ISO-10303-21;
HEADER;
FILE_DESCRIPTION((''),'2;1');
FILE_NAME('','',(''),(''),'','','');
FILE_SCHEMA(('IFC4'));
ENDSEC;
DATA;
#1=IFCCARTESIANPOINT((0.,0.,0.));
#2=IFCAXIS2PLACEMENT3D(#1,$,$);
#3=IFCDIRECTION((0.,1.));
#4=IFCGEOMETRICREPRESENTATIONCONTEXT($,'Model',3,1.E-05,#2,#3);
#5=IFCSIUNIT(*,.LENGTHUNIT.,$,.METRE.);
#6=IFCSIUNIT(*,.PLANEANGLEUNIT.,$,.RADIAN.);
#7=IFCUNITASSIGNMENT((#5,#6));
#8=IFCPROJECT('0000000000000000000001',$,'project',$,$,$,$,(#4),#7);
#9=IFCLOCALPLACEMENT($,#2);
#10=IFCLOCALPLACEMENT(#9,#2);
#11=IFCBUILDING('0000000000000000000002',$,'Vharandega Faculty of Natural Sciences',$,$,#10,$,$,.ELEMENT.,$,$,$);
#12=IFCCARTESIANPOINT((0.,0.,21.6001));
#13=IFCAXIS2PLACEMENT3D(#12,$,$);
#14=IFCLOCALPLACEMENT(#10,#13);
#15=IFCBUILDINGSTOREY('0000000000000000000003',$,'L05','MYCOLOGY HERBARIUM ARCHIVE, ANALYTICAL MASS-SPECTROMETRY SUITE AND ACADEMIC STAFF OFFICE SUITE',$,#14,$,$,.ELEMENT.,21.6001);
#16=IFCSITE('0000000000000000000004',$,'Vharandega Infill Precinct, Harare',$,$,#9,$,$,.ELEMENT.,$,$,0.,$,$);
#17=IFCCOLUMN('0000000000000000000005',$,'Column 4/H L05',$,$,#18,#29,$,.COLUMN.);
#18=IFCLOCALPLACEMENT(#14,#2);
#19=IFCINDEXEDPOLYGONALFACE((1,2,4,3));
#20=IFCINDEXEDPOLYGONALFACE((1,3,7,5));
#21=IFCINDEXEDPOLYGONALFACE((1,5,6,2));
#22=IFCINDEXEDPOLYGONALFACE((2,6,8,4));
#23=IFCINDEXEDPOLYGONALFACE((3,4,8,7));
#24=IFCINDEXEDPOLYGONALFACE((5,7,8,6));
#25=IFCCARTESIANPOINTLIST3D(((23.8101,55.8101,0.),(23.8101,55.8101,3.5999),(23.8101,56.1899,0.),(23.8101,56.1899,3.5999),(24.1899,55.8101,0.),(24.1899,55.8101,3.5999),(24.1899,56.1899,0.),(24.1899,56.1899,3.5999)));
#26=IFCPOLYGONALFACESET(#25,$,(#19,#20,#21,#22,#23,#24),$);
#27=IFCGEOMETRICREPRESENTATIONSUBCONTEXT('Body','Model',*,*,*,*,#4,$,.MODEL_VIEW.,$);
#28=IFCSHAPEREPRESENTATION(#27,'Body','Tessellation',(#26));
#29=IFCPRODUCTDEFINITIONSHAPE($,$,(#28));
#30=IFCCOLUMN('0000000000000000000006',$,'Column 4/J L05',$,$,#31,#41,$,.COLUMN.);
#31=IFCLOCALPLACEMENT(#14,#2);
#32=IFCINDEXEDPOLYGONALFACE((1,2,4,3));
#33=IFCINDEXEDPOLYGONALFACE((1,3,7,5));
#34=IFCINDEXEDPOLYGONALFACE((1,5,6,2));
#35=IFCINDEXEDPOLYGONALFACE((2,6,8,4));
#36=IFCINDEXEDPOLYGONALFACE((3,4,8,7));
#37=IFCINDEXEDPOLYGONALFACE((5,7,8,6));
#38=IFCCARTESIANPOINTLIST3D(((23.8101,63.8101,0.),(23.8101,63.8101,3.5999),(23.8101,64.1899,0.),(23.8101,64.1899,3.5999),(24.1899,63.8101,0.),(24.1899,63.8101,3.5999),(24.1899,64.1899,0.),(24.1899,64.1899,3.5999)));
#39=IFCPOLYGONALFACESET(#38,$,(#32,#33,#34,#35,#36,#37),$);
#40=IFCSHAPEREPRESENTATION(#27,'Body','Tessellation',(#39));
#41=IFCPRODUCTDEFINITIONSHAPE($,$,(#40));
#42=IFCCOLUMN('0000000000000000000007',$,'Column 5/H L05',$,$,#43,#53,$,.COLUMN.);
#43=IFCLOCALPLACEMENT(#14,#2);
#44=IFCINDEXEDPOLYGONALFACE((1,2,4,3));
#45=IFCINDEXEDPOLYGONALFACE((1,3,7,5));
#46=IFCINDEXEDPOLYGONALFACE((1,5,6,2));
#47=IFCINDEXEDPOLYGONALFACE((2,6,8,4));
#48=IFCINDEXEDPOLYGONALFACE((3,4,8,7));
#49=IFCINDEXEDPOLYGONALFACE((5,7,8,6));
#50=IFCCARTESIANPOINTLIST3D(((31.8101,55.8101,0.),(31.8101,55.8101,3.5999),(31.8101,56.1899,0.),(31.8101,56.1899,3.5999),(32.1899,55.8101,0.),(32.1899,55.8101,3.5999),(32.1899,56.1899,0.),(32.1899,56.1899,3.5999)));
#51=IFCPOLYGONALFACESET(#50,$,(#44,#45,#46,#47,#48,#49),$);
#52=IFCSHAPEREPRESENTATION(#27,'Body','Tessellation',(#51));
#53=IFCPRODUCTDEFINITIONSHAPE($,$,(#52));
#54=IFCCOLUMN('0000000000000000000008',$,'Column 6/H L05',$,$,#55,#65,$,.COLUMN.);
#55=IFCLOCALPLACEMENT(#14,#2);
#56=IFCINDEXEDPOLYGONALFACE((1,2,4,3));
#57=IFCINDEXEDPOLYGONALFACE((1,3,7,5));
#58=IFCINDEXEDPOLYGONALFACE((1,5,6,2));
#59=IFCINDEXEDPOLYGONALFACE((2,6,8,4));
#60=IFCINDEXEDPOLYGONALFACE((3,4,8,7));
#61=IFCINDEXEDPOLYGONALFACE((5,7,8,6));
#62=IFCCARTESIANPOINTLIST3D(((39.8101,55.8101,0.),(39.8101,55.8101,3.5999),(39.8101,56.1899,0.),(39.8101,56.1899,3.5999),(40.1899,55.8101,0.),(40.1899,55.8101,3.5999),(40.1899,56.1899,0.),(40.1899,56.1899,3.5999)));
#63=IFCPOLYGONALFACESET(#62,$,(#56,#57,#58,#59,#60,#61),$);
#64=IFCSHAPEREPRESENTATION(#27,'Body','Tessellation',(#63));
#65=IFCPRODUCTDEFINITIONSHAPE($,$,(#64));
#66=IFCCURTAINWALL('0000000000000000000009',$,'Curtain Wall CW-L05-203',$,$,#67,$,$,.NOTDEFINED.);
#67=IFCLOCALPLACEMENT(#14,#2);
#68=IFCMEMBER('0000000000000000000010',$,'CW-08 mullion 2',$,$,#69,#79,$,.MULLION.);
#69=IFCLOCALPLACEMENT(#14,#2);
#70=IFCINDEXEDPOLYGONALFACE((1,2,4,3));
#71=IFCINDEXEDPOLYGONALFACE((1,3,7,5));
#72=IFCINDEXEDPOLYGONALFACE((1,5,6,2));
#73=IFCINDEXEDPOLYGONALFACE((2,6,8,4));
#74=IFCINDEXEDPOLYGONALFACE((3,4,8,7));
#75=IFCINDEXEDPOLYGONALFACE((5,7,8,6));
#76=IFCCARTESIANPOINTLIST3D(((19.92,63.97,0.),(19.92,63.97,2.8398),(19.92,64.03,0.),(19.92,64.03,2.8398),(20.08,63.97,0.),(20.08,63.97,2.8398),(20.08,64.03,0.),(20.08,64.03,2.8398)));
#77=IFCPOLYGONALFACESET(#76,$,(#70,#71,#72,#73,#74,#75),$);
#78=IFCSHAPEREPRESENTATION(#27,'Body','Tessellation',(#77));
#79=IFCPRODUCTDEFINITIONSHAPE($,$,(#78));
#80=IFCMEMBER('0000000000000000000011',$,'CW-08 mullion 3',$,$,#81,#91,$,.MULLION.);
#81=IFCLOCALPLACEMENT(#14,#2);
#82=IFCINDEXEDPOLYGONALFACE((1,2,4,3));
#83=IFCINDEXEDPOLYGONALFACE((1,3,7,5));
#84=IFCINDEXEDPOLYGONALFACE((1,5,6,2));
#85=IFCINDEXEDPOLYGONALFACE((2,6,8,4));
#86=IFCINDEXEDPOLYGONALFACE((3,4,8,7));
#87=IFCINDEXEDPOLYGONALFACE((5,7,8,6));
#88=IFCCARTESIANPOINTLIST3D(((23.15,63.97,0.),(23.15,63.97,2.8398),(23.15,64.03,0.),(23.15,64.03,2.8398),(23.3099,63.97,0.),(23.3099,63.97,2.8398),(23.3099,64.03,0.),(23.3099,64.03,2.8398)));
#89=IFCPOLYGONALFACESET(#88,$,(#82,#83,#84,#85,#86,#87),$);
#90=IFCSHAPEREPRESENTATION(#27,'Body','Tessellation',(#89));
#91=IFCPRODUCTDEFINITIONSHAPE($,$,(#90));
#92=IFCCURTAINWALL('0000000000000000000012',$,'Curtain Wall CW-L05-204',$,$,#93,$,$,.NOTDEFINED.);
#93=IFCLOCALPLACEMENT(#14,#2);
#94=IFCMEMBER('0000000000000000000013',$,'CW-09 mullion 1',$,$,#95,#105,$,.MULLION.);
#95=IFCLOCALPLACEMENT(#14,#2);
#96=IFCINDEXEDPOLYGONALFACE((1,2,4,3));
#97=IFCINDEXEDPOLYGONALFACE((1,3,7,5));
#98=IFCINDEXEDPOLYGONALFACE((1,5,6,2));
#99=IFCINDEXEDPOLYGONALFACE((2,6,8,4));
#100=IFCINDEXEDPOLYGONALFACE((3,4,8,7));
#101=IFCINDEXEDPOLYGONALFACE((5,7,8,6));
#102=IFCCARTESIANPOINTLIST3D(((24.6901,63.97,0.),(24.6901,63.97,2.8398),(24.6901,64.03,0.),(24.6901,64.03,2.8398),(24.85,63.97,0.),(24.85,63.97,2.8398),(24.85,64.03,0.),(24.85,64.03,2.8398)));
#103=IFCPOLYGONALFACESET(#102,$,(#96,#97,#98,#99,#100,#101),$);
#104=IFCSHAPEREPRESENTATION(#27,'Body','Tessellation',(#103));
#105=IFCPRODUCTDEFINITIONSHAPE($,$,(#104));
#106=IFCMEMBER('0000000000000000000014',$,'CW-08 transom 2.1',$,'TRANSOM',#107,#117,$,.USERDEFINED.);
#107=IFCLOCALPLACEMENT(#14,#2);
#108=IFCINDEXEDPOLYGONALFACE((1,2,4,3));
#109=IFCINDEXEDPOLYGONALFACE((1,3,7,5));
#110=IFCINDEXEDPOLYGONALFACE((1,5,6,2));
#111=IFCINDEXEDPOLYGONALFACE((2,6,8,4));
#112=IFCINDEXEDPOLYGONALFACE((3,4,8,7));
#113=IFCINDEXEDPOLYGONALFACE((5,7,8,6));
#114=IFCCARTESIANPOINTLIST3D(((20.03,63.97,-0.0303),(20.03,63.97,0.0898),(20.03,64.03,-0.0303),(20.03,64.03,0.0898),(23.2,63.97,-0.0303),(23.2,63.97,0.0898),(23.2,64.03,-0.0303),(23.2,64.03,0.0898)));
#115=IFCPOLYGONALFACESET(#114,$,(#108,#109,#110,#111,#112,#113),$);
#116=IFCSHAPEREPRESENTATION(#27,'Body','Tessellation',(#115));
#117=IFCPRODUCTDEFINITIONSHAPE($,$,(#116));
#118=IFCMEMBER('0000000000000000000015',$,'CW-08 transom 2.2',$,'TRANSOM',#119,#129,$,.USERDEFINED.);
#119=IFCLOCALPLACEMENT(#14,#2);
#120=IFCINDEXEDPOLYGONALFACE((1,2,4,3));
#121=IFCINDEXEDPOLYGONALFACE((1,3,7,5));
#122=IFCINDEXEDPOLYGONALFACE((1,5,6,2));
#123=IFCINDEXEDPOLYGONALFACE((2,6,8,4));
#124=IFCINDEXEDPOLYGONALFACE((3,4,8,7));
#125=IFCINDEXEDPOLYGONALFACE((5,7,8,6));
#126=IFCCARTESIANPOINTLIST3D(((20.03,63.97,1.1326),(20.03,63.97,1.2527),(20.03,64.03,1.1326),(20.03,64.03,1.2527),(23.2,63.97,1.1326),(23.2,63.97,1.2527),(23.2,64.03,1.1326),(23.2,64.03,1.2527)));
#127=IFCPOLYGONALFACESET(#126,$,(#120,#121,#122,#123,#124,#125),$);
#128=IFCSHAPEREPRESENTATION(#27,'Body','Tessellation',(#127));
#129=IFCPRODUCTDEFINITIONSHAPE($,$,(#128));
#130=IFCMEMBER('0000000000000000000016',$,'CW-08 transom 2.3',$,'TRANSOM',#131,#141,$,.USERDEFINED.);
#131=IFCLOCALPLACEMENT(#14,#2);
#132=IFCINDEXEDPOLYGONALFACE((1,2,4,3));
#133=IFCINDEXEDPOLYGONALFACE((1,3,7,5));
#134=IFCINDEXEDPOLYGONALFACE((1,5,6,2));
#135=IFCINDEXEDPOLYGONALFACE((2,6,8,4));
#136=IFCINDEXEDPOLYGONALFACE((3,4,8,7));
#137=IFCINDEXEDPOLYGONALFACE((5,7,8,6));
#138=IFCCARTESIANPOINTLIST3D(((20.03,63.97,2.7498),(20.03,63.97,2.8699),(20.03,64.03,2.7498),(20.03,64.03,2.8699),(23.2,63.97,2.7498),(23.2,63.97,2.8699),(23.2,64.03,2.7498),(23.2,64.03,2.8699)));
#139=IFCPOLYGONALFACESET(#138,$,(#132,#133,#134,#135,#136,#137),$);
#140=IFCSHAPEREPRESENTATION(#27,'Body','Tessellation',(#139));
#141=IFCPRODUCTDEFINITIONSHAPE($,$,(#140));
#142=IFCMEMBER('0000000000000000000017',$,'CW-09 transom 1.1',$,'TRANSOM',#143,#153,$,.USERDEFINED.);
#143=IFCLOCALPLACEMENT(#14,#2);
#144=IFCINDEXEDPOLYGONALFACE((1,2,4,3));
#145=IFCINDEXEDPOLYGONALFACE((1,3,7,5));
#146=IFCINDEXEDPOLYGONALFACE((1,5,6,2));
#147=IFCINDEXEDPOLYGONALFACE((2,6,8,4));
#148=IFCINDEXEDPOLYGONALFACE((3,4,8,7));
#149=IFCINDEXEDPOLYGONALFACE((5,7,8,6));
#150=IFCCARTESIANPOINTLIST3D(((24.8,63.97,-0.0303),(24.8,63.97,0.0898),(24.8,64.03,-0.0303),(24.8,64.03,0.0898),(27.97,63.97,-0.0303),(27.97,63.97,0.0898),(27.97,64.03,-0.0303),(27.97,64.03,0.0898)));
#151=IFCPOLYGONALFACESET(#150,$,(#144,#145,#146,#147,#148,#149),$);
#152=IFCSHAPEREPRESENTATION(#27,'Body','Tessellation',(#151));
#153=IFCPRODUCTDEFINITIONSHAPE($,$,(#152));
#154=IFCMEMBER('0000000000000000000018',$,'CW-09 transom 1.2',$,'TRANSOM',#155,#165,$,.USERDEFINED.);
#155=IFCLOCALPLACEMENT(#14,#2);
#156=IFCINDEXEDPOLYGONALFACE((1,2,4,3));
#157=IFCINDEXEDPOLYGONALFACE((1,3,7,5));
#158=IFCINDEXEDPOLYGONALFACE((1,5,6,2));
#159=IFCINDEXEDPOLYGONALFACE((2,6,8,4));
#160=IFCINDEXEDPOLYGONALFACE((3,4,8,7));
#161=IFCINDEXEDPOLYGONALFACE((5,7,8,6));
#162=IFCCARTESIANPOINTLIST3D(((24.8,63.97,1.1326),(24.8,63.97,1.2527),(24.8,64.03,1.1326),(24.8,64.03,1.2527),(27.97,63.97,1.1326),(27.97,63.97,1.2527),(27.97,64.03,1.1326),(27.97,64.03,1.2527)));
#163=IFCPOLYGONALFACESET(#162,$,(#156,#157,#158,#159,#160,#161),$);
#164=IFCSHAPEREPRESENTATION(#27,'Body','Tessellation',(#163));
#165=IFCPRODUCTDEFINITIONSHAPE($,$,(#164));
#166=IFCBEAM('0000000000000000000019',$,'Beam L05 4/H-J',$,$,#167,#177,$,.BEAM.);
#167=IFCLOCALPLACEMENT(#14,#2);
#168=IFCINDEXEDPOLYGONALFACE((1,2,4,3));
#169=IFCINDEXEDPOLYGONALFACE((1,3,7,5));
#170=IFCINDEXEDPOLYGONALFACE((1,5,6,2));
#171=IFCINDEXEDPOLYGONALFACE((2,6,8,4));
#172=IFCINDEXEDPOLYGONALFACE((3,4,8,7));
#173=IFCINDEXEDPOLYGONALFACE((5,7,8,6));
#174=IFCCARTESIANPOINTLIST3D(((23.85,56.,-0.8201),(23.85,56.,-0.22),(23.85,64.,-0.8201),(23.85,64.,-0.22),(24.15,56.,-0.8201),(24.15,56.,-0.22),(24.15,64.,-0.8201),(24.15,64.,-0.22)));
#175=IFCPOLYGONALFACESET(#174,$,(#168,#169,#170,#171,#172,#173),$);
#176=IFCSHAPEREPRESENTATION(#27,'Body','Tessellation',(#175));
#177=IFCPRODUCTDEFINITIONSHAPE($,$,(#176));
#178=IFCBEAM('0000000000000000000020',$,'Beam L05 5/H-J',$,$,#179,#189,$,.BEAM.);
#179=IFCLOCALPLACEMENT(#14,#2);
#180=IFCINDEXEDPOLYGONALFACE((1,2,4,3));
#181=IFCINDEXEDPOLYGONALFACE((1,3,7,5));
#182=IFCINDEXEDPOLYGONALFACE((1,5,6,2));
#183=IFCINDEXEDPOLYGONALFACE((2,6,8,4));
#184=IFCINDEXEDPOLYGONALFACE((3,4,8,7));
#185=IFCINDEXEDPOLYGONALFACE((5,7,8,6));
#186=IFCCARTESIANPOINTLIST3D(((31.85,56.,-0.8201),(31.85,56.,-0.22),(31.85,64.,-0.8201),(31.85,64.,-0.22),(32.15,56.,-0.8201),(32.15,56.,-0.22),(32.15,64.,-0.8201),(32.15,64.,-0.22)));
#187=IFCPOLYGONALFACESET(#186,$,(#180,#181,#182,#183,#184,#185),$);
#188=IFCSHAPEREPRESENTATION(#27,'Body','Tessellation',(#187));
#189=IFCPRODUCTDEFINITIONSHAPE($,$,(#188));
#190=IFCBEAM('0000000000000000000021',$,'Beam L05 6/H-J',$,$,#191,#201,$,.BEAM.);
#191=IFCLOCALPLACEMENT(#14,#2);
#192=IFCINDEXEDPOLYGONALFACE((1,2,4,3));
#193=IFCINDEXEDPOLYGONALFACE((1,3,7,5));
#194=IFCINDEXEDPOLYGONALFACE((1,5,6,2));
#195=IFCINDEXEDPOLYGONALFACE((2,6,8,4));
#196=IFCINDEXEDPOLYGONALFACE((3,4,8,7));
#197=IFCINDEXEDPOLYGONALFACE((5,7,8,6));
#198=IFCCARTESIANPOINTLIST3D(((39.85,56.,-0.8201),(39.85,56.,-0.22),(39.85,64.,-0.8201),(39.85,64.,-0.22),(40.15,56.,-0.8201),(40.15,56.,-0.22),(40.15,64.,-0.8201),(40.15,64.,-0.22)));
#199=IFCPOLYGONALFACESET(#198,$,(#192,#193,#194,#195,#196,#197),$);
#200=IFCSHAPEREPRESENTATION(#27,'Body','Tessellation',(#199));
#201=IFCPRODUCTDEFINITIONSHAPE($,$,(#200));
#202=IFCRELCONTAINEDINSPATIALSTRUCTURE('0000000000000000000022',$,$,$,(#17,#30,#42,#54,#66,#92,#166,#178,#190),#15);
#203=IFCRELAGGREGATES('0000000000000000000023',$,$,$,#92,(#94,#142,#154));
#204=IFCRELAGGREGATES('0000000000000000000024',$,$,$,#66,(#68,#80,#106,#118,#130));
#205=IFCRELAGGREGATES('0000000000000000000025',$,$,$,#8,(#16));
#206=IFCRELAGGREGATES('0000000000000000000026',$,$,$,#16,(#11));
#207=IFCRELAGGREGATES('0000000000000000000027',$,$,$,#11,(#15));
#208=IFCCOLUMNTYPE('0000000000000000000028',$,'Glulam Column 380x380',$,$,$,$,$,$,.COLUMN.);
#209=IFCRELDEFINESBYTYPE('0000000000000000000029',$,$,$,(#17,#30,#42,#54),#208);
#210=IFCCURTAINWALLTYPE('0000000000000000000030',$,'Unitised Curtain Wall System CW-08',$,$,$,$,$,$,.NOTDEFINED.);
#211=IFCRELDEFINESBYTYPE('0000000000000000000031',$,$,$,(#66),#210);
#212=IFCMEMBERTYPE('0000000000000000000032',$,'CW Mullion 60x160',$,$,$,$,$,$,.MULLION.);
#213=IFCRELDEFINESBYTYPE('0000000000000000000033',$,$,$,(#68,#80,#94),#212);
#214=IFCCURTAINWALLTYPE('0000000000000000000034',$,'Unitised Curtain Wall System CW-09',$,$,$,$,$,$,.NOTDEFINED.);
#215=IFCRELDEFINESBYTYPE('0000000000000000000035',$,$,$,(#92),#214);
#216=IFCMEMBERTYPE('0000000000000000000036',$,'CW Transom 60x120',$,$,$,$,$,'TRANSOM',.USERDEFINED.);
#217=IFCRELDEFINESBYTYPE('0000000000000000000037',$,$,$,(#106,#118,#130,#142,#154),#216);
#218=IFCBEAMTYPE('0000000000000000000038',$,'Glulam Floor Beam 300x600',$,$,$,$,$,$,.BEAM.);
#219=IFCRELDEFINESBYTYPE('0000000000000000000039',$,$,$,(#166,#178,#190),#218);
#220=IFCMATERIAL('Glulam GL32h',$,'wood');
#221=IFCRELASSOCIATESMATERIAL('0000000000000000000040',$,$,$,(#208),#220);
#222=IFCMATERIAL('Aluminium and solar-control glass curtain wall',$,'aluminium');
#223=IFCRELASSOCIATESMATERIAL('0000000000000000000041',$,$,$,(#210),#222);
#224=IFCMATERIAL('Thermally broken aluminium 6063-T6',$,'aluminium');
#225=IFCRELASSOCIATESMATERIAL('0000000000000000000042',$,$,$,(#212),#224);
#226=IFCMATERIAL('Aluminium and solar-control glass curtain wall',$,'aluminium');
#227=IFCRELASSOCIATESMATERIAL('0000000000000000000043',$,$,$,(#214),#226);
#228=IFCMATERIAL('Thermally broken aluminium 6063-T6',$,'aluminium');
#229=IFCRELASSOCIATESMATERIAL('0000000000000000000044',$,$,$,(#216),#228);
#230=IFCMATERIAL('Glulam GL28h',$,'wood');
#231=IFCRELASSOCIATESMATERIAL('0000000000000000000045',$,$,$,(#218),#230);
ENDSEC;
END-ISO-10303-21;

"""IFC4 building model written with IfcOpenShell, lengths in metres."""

from ifc_helpers import new_model, si_unit, direction, frame, origin, origin_2d, place, context, subcontext, project, spatial, rectangle, extrude, material, material_profile, profile_set, type_object, element, aggregate, save


model = new_model("IFC4")

# Units and contexts
model_context = context("Model", 3, precision=1e-05, world=origin(), true_north=direction((0.0, 1.0)))
body_context = subcontext(model_context, "Body", "Model", "MODEL_VIEW")
ifc_project = project(units=[si_unit("LENGTHUNIT", "METRE"), si_unit("PLANEANGLEUNIT", "RADIAN")], contexts=[model_context])

# Site, building, storey
site_placement = place(None, origin())
site = spatial("IfcSite", under=ifc_project, at=site_placement, Name="Vharandega Infill Precinct, Harare", CompositionType="ELEMENT", RefElevation=0.0)
building_placement = place(site_placement, origin())
building = spatial("IfcBuilding", under=site, at=building_placement, Name="Vharandega Faculty of Natural Sciences", CompositionType="ELEMENT")
storey_placement = place(building_placement, frame((0.0, 0.0, 21.6001)))
storey = spatial("IfcBuildingStorey", under=building, at=storey_placement, Name="L05", Description="MYCOLOGY HERBARIUM ARCHIVE, ANALYTICAL MASS-SPECTROMETRY SUITE AND ACADEMIC STAFF OFFICE SUITE", CompositionType="ELEMENT", Elevation=21.6001)

# Columns
ifc_material_1 = material(Name="Glulam GL32h", Category="wood")
ifc_material_profile_1 = material_profile(ifc_material_1, rectangle(XDim=0.3799, YDim=0.3799, at=origin_2d()), Name="GL32h 380x380")
ifc_profile_set_1 = profile_set([ifc_material_profile_1], Name="Glulam GL32h")
column_type = type_object("IfcColumnType", Name="Glulam Column 380x380", PredefinedType="COLUMN", material=ifc_profile_set_1)
for number, where, z_axis, x_axis, name in (
    (1, (24.0, 56.0, 0.0), (0.0, 0.0, 1.0), (1.0, 0.0, 0.0), "Column 4/H L05"),
    (2, (24.0, 64.0, 0.0), (0.0, 0.0, 1.0), (1.0, 0.0, 0.0), "Column 4/J L05"),
    (3, (32.0, 56.0, 0.0), (0.0, 0.0, 1.0), (1.0, 0.0, 0.0), "Column 5/H L05"),
    (4, (40.0, 56.0, 0.0), (0.0, 0.0, 1.0), (1.0, 0.0, 0.0), "Column 6/H L05"),
):
    element("IfcColumn", number, at=place(storey_placement, frame(where, z_axis=z_axis, x_axis=x_axis)), inside=storey, type_object=column_type, Name=name, PredefinedType="COLUMN", context=body_context, shape_type="SweptSolid", body=[
        extrude(rectangle(XDim=0.3799, YDim=0.3799, at=origin_2d()), origin(), (0.0, 0.0, 1.0), 3.5999),
    ])

# Curtain wall, members
ifc_material_2 = material(Name="Aluminium and solar-control glass curtain wall", Category="aluminium")
curtain_wall_type_1 = type_object("IfcCurtainWallType", Name="Unitised Curtain Wall System CW-08", PredefinedType="NOTDEFINED", material=ifc_material_2)
curtain_wall_1_placement = place(storey_placement, origin())
curtain_wall_1 = element("IfcCurtainWall", 5, at=curtain_wall_1_placement, inside=storey, type_object=curtain_wall_type_1, Name="Curtain Wall CW-L05-203", PredefinedType="NOTDEFINED")
ifc_material_3 = material(Name="Thermally broken aluminium 6063-T6", Category="aluminium")
ifc_material_profile_2 = material_profile(ifc_material_3, rectangle(XDim=0.0601, YDim=0.1599, at=origin_2d()), Name="ALU 60x160")
ifc_profile_set_2 = profile_set([ifc_material_profile_2], Name="Thermally broken aluminium 6063-T6")
member_type_1 = type_object("IfcMemberType", Name="CW Mullion 60x160", PredefinedType="MULLION", material=ifc_profile_set_2)
member_1_placement = place(storey_placement, frame((20.0, 64.0, 0.0), z_axis=(0.0, 0.0, 1.0), x_axis=(0.0, 1.0, 0.0)))
member_1 = element("IfcMember", 6, at=member_1_placement, type_object=member_type_1, Name="CW-08 mullion 2", PredefinedType="MULLION", context=body_context, shape_type="SweptSolid", body=[
    extrude(rectangle(XDim=0.0601, YDim=0.1599, at=origin_2d()), origin(), (0.0, 0.0, 1.0), 2.8398),
])
member_2_placement = place(storey_placement, frame((23.23, 64.0, 0.0), z_axis=(0.0, 0.0, 1.0), x_axis=(0.0, 1.0, 0.0)))
member_2 = element("IfcMember", 7, at=member_2_placement, type_object=member_type_1, Name="CW-08 mullion 3", PredefinedType="MULLION", context=body_context, shape_type="SweptSolid", body=[
    extrude(rectangle(XDim=0.0601, YDim=0.1599, at=origin_2d()), origin(), (0.0, 0.0, 1.0), 2.8398),
])

# Curtain wall, member
ifc_material_4 = material(Name="Aluminium and solar-control glass curtain wall", Category="aluminium")
curtain_wall_type_2 = type_object("IfcCurtainWallType", Name="Unitised Curtain Wall System CW-09", PredefinedType="NOTDEFINED", material=ifc_material_4)
curtain_wall_2_placement = place(storey_placement, origin())
curtain_wall_2 = element("IfcCurtainWall", 8, at=curtain_wall_2_placement, inside=storey, type_object=curtain_wall_type_2, Name="Curtain Wall CW-L05-204", PredefinedType="NOTDEFINED")
member_3_placement = place(storey_placement, frame((24.77, 64.0, 0.0), z_axis=(0.0, 0.0, 1.0), x_axis=(0.0, 1.0, 0.0)))
member_3 = element("IfcMember", 9, at=member_3_placement, type_object=member_type_1, Name="CW-09 mullion 1", PredefinedType="MULLION", context=body_context, shape_type="SweptSolid", body=[
    extrude(rectangle(XDim=0.0601, YDim=0.1599, at=origin_2d()), origin(), (0.0, 0.0, 1.0), 2.8398),
])

# Members
ifc_material_5 = material(Name="Thermally broken aluminium 6063-T6", Category="aluminium")
ifc_material_profile_3 = material_profile(ifc_material_5, rectangle(XDim=0.0601, YDim=0.1201, at=origin_2d()), Name="ALU 60x120")
ifc_profile_set_3 = profile_set([ifc_material_profile_3], Name="Thermally broken aluminium 6063-T6")
member_type_2 = type_object("IfcMemberType", Name="CW Transom 60x120", ElementType="TRANSOM", PredefinedType="USERDEFINED", material=ifc_profile_set_3)
member_4_placement = place(storey_placement, frame((20.03, 64.0, 0.0298), z_axis=(1.0, 0.0, 0.0), x_axis=(0.0, 1.0, 0.0)))
member_4 = element("IfcMember", 10, at=member_4_placement, type_object=member_type_2, Name="CW-08 transom 2.1", ObjectType="TRANSOM", PredefinedType="USERDEFINED", context=body_context, shape_type="SweptSolid", body=[
    extrude(rectangle(XDim=0.0601, YDim=0.1201, at=origin_2d()), origin(), (0.0, 0.0, 1.0), 3.1699),
])
member_5_placement = place(storey_placement, frame((20.03, 64.0, 1.1926), z_axis=(1.0, 0.0, 0.0), x_axis=(0.0, 1.0, 0.0)))
member_5 = element("IfcMember", 11, at=member_5_placement, type_object=member_type_2, Name="CW-08 transom 2.2", ObjectType="TRANSOM", PredefinedType="USERDEFINED", context=body_context, shape_type="SweptSolid", body=[
    extrude(rectangle(XDim=0.0601, YDim=0.1201, at=origin_2d()), origin(), (0.0, 0.0, 1.0), 3.1699),
])
member_6_placement = place(storey_placement, frame((20.03, 64.0, 2.8098), z_axis=(1.0, 0.0, 0.0), x_axis=(0.0, 1.0, 0.0)))
member_6 = element("IfcMember", 12, at=member_6_placement, type_object=member_type_2, Name="CW-08 transom 2.3", ObjectType="TRANSOM", PredefinedType="USERDEFINED", context=body_context, shape_type="SweptSolid", body=[
    extrude(rectangle(XDim=0.0601, YDim=0.1201, at=origin_2d()), origin(), (0.0, 0.0, 1.0), 3.1699),
])
member_7_placement = place(storey_placement, frame((24.8, 64.0, 0.0298), z_axis=(1.0, 0.0, 0.0), x_axis=(0.0, 1.0, 0.0)))
member_7 = element("IfcMember", 13, at=member_7_placement, type_object=member_type_2, Name="CW-09 transom 1.1", ObjectType="TRANSOM", PredefinedType="USERDEFINED", context=body_context, shape_type="SweptSolid", body=[
    extrude(rectangle(XDim=0.0601, YDim=0.1201, at=origin_2d()), origin(), (0.0, 0.0, 1.0), 3.1699),
])
member_8_placement = place(storey_placement, frame((24.8, 64.0, 1.1926), z_axis=(1.0, 0.0, 0.0), x_axis=(0.0, 1.0, 0.0)))
member_8 = element("IfcMember", 14, at=member_8_placement, type_object=member_type_2, Name="CW-09 transom 1.2", ObjectType="TRANSOM", PredefinedType="USERDEFINED", context=body_context, shape_type="SweptSolid", body=[
    extrude(rectangle(XDim=0.0601, YDim=0.1201, at=origin_2d()), origin(), (0.0, 0.0, 1.0), 3.1699),
])
aggregate(curtain_wall_2, [member_3, member_7, member_8])

# Beams
ifc_material_6 = material(Name="Glulam GL28h", Category="wood")
ifc_material_profile_4 = material_profile(ifc_material_6, rectangle(XDim=0.3, YDim=0.6001, at=origin_2d()), Name="GL28h 300x600")
ifc_profile_set_4 = profile_set([ifc_material_profile_4], Name="Glulam GL28h")
beam_type_1 = type_object("IfcBeamType", Name="Glulam Floor Beam 300x600", PredefinedType="BEAM", material=ifc_profile_set_4)
for number, where, z_axis, x_axis, name in (
    (15, (24.0, 56.0, -0.52), (0.0, 1.0, 0.0), (-1.0, 0.0, 0.0), "Beam L05 4/H-J"),
    (16, (32.0, 56.0, -0.52), (0.0, 1.0, 0.0), (-1.0, 0.0, 0.0), "Beam L05 5/H-J"),
    (17, (40.0, 56.0, -0.52), (0.0, 1.0, 0.0), (-1.0, 0.0, 0.0), "Beam L05 6/H-J"),
):
    element("IfcBeam", number, at=place(storey_placement, frame(where, z_axis=z_axis, x_axis=x_axis)), inside=storey, type_object=beam_type_1, Name=name, PredefinedType="BEAM", context=body_context, shape_type="SweptSolid", body=[
        extrude(rectangle(XDim=0.3, YDim=0.6001, at=origin_2d()), origin(), (0.0, 0.0, 1.0), 8.0),
    ])

aggregate(curtain_wall_1, [member_1, member_2, member_4, member_5, member_6])

save(model, "model.ifc")
